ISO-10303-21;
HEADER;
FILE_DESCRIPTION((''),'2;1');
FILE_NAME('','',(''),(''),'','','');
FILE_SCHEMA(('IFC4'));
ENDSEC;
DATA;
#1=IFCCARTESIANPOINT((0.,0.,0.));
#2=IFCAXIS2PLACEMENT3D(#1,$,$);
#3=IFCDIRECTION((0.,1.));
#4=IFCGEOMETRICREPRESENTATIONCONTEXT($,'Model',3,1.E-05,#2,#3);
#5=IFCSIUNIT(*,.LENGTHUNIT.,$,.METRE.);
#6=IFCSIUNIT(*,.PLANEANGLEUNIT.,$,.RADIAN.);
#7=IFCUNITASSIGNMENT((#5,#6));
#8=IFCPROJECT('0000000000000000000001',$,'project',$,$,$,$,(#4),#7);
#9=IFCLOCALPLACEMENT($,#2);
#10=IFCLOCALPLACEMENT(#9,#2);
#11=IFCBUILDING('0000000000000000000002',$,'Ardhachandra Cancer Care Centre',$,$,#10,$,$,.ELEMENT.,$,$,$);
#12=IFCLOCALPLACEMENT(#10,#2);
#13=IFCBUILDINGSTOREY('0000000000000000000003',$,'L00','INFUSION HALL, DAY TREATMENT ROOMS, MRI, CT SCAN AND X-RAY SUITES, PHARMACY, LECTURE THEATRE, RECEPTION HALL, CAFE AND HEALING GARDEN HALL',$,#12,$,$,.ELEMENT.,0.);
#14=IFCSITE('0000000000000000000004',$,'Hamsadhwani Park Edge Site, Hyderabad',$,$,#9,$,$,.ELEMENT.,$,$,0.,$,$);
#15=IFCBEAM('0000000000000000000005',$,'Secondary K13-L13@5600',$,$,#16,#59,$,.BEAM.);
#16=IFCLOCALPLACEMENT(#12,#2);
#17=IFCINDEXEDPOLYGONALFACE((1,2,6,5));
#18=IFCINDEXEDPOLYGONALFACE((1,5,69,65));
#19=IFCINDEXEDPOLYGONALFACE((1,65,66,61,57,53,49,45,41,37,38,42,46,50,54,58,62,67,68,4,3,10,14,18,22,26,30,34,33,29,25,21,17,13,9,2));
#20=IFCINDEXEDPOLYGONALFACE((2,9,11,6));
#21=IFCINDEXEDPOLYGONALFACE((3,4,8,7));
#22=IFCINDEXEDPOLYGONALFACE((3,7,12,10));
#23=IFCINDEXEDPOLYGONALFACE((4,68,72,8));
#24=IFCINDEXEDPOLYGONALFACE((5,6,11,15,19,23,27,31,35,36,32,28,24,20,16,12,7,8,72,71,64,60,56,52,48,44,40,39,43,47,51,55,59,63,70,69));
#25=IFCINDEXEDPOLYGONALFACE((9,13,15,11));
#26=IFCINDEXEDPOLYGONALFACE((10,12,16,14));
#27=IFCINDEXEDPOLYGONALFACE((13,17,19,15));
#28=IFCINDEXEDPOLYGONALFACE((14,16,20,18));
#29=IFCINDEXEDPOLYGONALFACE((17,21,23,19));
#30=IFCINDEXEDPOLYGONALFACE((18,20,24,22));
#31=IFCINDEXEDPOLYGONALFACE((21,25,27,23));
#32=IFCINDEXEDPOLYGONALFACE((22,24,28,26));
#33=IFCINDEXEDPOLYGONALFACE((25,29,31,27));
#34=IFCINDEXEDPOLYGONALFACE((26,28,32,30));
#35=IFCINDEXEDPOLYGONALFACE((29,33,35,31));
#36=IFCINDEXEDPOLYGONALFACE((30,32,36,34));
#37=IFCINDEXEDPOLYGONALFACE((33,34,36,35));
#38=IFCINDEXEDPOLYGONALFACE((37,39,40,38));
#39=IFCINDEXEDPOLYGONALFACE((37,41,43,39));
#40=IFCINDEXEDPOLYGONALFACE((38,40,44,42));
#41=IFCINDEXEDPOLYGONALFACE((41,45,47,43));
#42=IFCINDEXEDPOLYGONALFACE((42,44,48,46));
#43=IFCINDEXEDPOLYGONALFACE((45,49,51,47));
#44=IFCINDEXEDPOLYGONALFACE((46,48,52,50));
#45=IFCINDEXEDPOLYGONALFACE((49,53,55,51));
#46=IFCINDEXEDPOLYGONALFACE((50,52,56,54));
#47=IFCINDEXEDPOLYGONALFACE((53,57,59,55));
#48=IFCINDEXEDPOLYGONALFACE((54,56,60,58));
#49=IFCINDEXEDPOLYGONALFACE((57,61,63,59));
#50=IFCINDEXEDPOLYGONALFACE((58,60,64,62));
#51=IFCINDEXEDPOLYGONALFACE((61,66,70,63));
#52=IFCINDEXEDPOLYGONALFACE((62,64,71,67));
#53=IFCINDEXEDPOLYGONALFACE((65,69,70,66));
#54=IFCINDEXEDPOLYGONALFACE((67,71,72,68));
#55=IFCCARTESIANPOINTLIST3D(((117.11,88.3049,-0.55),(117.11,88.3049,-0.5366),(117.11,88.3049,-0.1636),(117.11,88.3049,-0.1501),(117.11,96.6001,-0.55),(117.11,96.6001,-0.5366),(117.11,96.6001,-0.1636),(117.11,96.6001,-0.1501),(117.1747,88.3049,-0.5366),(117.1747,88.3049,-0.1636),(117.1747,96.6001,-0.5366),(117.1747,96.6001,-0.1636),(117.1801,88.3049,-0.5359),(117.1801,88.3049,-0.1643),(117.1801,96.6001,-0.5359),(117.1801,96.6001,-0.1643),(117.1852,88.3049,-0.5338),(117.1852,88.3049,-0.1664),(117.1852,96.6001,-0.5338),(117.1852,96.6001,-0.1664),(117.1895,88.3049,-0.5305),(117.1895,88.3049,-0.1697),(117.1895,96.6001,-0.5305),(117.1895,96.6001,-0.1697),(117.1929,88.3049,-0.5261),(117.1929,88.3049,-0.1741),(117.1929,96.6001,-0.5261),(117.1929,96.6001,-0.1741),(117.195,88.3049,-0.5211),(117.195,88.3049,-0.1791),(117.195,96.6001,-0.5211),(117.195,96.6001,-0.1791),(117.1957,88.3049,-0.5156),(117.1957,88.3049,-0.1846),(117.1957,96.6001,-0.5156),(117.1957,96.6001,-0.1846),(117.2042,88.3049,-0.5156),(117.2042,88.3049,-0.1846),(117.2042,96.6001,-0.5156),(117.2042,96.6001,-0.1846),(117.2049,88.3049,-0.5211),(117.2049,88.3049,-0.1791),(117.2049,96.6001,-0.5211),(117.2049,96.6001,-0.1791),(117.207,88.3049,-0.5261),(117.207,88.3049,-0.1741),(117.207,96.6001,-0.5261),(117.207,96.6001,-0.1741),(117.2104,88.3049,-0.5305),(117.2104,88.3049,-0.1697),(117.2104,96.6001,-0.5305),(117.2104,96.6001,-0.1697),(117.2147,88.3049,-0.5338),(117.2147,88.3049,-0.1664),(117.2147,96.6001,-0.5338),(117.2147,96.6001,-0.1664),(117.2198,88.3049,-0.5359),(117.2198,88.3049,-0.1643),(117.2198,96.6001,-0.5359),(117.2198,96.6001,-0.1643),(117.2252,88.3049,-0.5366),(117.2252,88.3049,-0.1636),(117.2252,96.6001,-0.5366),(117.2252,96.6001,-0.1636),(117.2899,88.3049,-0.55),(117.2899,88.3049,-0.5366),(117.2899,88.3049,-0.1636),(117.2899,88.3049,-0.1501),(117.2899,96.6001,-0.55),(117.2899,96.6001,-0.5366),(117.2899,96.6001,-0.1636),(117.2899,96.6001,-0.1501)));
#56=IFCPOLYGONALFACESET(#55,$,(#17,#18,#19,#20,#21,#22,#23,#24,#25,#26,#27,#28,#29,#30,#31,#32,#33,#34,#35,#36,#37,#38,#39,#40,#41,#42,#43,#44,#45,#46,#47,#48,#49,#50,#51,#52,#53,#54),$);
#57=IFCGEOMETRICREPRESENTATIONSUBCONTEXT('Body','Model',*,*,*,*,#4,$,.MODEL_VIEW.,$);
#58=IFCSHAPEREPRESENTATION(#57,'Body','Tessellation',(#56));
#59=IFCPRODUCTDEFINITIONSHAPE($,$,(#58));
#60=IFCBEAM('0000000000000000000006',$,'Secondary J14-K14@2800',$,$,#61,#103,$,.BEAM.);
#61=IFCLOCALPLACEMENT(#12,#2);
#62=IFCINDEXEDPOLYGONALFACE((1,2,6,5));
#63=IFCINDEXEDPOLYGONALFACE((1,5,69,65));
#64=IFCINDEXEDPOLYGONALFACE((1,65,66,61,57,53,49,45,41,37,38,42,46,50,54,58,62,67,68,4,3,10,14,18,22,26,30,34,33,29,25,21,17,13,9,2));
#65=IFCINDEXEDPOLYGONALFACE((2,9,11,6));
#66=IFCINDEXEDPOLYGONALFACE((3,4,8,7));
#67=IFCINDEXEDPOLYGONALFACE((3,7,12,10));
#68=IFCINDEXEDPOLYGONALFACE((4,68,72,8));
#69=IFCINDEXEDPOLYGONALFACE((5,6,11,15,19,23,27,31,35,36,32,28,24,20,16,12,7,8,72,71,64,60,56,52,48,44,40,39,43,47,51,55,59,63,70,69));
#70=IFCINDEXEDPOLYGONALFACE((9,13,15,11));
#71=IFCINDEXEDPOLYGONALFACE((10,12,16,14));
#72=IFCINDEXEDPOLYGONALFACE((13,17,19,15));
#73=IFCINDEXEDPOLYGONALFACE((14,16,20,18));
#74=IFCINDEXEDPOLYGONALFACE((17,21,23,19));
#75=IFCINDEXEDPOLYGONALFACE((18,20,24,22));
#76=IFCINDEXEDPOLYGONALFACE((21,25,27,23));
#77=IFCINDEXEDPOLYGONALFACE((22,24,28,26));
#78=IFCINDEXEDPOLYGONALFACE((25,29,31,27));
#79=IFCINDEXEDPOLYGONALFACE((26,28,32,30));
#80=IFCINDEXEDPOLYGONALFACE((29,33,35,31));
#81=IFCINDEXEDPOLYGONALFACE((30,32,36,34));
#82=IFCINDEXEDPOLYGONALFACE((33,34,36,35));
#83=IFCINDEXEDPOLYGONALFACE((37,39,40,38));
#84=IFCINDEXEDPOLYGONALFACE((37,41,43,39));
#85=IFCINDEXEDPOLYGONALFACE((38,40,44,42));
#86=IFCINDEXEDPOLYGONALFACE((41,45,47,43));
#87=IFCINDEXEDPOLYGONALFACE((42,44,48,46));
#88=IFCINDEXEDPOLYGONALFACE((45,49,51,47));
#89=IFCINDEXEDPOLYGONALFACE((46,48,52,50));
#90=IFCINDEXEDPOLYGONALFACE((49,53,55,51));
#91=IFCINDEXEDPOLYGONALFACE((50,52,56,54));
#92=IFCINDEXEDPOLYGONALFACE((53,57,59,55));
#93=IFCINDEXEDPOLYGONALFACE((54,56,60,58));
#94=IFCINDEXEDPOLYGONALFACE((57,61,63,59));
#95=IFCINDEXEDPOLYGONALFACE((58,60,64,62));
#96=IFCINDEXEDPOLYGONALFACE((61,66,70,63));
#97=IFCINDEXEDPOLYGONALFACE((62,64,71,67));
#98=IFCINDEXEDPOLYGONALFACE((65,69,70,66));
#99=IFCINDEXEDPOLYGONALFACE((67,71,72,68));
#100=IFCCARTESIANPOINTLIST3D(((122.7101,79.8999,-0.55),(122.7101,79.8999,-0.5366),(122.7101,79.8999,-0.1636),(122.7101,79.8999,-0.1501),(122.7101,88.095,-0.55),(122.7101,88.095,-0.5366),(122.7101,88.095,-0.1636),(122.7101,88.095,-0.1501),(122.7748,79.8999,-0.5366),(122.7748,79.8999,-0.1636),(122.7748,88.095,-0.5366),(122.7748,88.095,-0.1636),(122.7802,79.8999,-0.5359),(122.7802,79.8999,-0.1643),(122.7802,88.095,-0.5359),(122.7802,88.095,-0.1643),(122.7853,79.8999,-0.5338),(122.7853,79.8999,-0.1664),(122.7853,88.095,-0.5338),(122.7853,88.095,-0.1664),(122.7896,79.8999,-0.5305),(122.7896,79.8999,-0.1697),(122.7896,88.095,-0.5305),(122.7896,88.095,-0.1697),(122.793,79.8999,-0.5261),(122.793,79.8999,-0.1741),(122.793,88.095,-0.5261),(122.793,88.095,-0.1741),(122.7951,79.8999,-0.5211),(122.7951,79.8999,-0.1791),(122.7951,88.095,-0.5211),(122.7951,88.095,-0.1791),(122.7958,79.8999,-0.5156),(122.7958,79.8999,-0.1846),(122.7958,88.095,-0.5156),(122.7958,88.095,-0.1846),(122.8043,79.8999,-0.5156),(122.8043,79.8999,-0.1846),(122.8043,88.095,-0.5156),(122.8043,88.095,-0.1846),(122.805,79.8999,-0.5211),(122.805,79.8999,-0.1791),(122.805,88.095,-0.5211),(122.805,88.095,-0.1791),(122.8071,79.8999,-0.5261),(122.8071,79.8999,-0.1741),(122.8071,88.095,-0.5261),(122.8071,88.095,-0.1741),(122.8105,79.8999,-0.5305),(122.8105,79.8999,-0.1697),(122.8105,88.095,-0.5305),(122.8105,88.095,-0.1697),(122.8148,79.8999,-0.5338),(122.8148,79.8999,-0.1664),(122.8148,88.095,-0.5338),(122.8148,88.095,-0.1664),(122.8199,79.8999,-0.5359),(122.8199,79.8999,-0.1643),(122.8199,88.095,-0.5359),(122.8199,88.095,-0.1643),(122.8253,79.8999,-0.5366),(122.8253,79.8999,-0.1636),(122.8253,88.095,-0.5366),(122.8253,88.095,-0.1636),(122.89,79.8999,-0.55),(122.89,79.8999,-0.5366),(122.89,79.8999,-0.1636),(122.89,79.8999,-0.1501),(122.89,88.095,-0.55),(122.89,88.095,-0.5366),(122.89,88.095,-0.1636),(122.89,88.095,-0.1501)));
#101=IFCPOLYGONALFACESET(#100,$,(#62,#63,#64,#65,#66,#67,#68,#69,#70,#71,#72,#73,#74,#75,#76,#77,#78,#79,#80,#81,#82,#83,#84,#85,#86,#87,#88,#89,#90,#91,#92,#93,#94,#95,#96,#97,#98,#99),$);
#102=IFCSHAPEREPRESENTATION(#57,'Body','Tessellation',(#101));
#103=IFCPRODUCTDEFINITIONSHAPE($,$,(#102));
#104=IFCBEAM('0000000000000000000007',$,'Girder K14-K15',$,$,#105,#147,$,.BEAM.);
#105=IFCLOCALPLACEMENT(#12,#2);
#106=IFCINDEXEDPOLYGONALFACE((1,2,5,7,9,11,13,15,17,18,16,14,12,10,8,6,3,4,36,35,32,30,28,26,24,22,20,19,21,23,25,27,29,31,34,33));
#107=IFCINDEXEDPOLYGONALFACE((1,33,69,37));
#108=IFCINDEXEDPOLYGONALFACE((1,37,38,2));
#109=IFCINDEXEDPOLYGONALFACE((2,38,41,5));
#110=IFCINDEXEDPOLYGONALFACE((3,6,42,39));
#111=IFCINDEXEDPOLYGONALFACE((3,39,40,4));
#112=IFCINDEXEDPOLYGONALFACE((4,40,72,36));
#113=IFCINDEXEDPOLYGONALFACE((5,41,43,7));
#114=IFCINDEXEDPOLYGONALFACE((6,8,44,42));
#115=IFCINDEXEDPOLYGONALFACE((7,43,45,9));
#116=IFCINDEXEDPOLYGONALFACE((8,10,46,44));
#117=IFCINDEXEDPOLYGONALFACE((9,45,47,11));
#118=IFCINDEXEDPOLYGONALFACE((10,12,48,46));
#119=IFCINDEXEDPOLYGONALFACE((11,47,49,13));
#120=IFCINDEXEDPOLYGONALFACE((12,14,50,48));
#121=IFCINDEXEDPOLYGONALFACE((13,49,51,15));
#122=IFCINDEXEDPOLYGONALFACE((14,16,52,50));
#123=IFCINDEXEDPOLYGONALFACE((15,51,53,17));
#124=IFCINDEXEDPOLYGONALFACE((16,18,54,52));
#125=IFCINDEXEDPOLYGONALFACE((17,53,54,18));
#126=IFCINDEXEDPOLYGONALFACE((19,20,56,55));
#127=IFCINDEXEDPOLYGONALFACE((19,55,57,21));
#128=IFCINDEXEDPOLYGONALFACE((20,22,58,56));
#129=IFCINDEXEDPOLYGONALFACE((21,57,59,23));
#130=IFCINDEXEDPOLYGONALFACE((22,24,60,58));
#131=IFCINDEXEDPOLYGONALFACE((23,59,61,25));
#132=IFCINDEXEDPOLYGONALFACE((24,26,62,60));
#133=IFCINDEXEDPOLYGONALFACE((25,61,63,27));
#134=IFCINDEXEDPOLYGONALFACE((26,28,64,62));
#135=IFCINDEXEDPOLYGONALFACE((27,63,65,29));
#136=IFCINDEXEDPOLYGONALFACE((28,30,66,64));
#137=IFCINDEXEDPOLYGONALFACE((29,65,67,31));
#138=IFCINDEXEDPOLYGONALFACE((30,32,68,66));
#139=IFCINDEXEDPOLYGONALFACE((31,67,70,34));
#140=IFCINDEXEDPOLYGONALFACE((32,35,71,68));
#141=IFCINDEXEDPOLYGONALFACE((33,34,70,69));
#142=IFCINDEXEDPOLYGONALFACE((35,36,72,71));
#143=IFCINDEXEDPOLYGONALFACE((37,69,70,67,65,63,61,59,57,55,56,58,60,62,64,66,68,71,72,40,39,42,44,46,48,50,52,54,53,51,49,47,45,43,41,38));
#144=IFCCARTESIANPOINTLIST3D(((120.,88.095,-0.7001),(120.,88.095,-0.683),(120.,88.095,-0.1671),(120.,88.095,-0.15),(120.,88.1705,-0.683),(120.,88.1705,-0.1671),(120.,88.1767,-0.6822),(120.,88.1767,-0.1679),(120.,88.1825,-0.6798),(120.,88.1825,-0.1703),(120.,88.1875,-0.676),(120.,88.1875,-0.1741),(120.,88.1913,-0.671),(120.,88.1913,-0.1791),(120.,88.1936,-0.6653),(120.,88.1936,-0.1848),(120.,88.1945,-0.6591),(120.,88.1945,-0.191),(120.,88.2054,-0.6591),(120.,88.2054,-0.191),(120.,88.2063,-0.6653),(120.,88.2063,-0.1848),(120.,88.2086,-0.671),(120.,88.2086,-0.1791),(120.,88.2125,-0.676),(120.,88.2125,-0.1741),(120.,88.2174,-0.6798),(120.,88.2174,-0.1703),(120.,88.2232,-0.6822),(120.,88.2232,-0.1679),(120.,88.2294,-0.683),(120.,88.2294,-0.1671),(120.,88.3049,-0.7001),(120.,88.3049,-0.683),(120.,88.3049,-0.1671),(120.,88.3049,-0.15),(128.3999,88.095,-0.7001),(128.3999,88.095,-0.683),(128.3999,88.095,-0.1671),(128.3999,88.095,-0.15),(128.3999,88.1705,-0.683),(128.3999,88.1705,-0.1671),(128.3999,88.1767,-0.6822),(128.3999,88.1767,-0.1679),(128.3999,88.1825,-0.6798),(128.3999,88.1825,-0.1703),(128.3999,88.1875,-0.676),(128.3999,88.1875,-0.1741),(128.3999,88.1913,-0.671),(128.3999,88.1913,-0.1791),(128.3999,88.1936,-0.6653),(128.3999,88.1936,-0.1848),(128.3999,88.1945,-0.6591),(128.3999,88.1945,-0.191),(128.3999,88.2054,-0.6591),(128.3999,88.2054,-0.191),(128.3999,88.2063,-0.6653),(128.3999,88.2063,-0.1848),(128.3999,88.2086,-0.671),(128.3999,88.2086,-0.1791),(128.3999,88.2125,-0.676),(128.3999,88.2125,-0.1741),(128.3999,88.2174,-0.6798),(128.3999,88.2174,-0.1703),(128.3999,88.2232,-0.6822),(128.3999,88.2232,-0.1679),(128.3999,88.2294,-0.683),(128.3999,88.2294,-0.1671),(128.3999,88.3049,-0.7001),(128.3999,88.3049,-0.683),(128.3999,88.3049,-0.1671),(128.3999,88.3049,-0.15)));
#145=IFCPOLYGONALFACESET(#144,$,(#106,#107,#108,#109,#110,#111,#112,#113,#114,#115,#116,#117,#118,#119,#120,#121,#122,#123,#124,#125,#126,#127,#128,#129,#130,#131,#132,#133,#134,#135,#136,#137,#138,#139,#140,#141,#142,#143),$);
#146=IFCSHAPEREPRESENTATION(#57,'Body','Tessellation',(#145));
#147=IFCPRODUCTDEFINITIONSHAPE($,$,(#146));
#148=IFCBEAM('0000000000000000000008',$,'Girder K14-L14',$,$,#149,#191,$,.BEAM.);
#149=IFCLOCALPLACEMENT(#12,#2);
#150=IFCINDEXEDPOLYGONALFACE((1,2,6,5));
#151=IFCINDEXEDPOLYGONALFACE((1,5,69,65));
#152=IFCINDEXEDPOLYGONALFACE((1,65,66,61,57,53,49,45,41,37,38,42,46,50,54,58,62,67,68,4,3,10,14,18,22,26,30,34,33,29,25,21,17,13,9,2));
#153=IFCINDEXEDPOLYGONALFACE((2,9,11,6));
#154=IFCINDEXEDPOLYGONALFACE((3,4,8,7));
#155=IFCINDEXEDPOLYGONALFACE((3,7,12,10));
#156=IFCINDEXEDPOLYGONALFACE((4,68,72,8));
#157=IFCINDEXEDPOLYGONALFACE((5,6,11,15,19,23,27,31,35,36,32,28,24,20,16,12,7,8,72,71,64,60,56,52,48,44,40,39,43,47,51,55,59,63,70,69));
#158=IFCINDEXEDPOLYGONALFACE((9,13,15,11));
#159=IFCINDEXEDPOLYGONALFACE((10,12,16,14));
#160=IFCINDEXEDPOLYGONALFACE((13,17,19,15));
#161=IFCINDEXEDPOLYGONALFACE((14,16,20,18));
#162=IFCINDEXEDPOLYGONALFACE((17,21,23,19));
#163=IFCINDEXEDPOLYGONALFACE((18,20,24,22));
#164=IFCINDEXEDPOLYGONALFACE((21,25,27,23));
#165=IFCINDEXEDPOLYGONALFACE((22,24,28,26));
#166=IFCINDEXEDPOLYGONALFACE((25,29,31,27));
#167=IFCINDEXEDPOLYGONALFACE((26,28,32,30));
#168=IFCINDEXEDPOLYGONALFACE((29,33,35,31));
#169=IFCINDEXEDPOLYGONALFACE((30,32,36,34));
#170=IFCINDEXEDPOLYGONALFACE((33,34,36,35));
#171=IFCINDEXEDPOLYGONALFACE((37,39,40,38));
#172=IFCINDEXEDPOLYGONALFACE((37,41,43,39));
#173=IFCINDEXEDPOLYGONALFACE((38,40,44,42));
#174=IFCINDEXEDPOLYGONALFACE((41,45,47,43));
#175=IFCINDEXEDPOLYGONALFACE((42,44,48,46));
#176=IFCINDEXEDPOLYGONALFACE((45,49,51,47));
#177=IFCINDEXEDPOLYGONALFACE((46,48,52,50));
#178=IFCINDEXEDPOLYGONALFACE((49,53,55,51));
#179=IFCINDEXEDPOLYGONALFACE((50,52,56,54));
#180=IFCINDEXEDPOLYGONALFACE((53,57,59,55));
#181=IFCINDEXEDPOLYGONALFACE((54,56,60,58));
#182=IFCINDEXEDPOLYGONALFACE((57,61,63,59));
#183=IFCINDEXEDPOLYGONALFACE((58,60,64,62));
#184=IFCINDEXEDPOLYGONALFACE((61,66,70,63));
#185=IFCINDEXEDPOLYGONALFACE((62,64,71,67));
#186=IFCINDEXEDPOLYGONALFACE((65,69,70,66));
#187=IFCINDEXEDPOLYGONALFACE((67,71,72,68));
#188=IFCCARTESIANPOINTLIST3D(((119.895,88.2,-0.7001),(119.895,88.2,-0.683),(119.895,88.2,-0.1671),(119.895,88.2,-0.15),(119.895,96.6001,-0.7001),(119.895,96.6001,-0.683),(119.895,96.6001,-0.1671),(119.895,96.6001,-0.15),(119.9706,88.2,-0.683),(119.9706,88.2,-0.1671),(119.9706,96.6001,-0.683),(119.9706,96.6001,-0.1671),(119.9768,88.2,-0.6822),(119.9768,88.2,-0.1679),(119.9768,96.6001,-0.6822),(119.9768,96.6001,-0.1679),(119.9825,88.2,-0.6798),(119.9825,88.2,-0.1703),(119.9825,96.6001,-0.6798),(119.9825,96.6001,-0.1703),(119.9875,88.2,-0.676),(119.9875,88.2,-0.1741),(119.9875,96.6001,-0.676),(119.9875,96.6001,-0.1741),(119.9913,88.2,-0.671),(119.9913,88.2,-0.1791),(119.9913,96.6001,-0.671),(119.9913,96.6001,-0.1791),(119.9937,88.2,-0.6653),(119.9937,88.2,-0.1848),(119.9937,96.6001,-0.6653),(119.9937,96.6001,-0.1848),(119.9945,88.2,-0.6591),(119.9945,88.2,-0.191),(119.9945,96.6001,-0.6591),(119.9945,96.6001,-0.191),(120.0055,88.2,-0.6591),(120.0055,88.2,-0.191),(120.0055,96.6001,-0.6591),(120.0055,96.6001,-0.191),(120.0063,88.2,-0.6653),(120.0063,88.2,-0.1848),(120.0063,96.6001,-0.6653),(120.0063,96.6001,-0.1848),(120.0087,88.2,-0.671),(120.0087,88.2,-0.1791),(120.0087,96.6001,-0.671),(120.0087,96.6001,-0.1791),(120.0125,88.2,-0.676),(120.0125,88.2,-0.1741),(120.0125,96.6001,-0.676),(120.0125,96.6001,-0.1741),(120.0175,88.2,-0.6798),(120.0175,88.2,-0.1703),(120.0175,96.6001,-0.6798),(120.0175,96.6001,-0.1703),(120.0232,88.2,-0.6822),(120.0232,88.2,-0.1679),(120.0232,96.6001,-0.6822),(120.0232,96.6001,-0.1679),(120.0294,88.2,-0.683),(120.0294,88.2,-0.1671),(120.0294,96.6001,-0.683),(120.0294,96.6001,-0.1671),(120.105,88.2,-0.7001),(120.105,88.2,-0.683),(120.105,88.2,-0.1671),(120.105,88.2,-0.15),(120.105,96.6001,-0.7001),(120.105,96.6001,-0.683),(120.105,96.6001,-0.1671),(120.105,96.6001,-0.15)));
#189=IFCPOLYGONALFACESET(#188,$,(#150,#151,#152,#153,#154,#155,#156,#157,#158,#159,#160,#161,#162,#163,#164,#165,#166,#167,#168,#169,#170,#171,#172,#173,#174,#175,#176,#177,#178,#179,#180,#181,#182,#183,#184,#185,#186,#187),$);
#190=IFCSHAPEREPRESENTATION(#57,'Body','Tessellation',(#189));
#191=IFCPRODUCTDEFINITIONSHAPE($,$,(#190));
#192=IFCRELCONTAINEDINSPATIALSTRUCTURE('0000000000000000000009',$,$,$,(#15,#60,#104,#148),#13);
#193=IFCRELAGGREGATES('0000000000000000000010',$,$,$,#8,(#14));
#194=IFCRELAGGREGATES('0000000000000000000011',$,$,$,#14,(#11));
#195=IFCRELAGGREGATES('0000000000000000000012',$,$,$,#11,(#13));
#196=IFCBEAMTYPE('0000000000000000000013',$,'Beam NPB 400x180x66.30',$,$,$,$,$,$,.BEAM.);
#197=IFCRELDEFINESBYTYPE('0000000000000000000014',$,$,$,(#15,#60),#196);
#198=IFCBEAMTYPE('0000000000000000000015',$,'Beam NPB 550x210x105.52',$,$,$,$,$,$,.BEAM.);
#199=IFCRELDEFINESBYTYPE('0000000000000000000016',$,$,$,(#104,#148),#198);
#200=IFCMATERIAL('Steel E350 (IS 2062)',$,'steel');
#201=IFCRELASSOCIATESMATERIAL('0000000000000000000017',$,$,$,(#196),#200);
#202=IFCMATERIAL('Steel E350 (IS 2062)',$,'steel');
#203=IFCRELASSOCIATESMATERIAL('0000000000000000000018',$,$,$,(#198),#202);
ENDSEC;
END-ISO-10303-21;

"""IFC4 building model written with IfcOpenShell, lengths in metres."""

from ifc_helpers import new_model, si_unit, direction, frame, origin, origin_2d, place, context, subcontext, project, spatial, i_section, extrude, material, material_profile, profile_set, type_object, element, save


model = new_model("IFC4")

# Units and contexts
model_context = context("Model", 3, precision=1e-05, world=origin(), true_north=direction((0.0, 1.0)))
body_context = subcontext(model_context, "Body", "Model", "MODEL_VIEW")
ifc_project = project(units=[si_unit("LENGTHUNIT", "METRE"), si_unit("PLANEANGLEUNIT", "RADIAN")], contexts=[model_context])

# Site, building, storey
site_placement = place(None, origin())
site = spatial("IfcSite", under=ifc_project, at=site_placement, Name="Hamsadhwani Park Edge Site, Hyderabad", CompositionType="ELEMENT", RefElevation=0.0)
building_placement = place(site_placement, origin())
building = spatial("IfcBuilding", under=site, at=building_placement, Name="Ardhachandra Cancer Care Centre", CompositionType="ELEMENT")
storey_placement = place(building_placement, origin())
storey = spatial("IfcBuildingStorey", under=building, at=storey_placement, Name="L00", Description="INFUSION HALL, DAY TREATMENT ROOMS, MRI, CT SCAN AND X-RAY SUITES, PHARMACY, LECTURE THEATRE, RECEPTION HALL, CAFE AND HEALING GARDEN HALL", CompositionType="ELEMENT", Elevation=0.0)

# Beams
ifc_material_1 = material(Name="Steel E350 (IS 2062)", Category="steel")
ifc_material_profile_1 = material_profile(ifc_material_1, i_section(OverallWidth=0.1799, OverallDepth=0.3999, WebThickness=0.0085, FlangeThickness=0.0134, FilletRadius=0.021, at=origin_2d()), Name="NPB 400x180x66.30")
ifc_profile_set_1 = profile_set([ifc_material_profile_1], Name="Steel E350 (IS 2062)")
beam_type_1 = type_object("IfcBeamType", Name="Beam NPB 400x180x66.30", PredefinedType="BEAM", material=ifc_profile_set_1)
beam_1_placement = place(storey_placement, frame((117.2, 88.3049, -0.3501), z_axis=(0.0, 1.0, 0.0), x_axis=(-1.0, 0.0, 0.0)))
element("IfcBeam", 1, at=beam_1_placement, inside=storey, type_object=beam_type_1, Name="Secondary K13-L13@5600", PredefinedType="BEAM", context=body_context, shape_type="SweptSolid", body=[
    extrude(i_section(OverallWidth=0.1799, OverallDepth=0.3999, WebThickness=0.0085, FlangeThickness=0.0134, FilletRadius=0.021, at=origin_2d()), origin(), (0.0, 0.0, 1.0), 8.2952),
])
beam_2_placement = place(storey_placement, frame((122.8, 79.8999, -0.3501), z_axis=(0.0, 1.0, 0.0), x_axis=(-1.0, 0.0, 0.0)))
element("IfcBeam", 2, at=beam_2_placement, inside=storey, type_object=beam_type_1, Name="Secondary J14-K14@2800", PredefinedType="BEAM", context=body_context, shape_type="SweptSolid", body=[
    extrude(i_section(OverallWidth=0.1799, OverallDepth=0.3999, WebThickness=0.0085, FlangeThickness=0.0134, FilletRadius=0.021, at=origin_2d()), origin(), (0.0, 0.0, 1.0), 8.1951),
])
ifc_material_2 = material(Name="Steel E350 (IS 2062)", Category="steel")
ifc_material_profile_2 = material_profile(ifc_material_2, i_section(OverallWidth=0.21, OverallDepth=0.55, WebThickness=0.011, FlangeThickness=0.0171, FilletRadius=0.0239, at=origin_2d()), Name="NPB 550x210x105.52")
ifc_profile_set_2 = profile_set([ifc_material_profile_2], Name="Steel E350 (IS 2062)")
beam_type_2 = type_object("IfcBeamType", Name="Beam NPB 550x210x105.52", PredefinedType="BEAM", material=ifc_profile_set_2)
beam_3_placement = place(storey_placement, frame((120.0, 88.2, -0.425), z_axis=(1.0, 0.0, 0.0), x_axis=(0.0, 1.0, 0.0)))
element("IfcBeam", 3, at=beam_3_placement, inside=storey, type_object=beam_type_2, Name="Girder K14-K15", PredefinedType="BEAM", context=body_context, shape_type="SweptSolid", body=[
    extrude(i_section(OverallWidth=0.21, OverallDepth=0.55, WebThickness=0.011, FlangeThickness=0.0171, FilletRadius=0.0239, at=origin_2d()), origin(), (0.0, 0.0, 1.0), 8.3999),
])
beam_4_placement = place(storey_placement, frame((120.0, 88.2, -0.425), z_axis=(0.0, 1.0, 0.0), x_axis=(-1.0, 0.0, 0.0)))
element("IfcBeam", 4, at=beam_4_placement, inside=storey, type_object=beam_type_2, Name="Girder K14-L14", PredefinedType="BEAM", context=body_context, shape_type="SweptSolid", body=[
    extrude(i_section(OverallWidth=0.21, OverallDepth=0.55, WebThickness=0.011, FlangeThickness=0.0171, FilletRadius=0.0239, at=origin_2d()), origin(), (0.0, 0.0, 1.0), 8.4001),
])

save(model, "model.ifc")
